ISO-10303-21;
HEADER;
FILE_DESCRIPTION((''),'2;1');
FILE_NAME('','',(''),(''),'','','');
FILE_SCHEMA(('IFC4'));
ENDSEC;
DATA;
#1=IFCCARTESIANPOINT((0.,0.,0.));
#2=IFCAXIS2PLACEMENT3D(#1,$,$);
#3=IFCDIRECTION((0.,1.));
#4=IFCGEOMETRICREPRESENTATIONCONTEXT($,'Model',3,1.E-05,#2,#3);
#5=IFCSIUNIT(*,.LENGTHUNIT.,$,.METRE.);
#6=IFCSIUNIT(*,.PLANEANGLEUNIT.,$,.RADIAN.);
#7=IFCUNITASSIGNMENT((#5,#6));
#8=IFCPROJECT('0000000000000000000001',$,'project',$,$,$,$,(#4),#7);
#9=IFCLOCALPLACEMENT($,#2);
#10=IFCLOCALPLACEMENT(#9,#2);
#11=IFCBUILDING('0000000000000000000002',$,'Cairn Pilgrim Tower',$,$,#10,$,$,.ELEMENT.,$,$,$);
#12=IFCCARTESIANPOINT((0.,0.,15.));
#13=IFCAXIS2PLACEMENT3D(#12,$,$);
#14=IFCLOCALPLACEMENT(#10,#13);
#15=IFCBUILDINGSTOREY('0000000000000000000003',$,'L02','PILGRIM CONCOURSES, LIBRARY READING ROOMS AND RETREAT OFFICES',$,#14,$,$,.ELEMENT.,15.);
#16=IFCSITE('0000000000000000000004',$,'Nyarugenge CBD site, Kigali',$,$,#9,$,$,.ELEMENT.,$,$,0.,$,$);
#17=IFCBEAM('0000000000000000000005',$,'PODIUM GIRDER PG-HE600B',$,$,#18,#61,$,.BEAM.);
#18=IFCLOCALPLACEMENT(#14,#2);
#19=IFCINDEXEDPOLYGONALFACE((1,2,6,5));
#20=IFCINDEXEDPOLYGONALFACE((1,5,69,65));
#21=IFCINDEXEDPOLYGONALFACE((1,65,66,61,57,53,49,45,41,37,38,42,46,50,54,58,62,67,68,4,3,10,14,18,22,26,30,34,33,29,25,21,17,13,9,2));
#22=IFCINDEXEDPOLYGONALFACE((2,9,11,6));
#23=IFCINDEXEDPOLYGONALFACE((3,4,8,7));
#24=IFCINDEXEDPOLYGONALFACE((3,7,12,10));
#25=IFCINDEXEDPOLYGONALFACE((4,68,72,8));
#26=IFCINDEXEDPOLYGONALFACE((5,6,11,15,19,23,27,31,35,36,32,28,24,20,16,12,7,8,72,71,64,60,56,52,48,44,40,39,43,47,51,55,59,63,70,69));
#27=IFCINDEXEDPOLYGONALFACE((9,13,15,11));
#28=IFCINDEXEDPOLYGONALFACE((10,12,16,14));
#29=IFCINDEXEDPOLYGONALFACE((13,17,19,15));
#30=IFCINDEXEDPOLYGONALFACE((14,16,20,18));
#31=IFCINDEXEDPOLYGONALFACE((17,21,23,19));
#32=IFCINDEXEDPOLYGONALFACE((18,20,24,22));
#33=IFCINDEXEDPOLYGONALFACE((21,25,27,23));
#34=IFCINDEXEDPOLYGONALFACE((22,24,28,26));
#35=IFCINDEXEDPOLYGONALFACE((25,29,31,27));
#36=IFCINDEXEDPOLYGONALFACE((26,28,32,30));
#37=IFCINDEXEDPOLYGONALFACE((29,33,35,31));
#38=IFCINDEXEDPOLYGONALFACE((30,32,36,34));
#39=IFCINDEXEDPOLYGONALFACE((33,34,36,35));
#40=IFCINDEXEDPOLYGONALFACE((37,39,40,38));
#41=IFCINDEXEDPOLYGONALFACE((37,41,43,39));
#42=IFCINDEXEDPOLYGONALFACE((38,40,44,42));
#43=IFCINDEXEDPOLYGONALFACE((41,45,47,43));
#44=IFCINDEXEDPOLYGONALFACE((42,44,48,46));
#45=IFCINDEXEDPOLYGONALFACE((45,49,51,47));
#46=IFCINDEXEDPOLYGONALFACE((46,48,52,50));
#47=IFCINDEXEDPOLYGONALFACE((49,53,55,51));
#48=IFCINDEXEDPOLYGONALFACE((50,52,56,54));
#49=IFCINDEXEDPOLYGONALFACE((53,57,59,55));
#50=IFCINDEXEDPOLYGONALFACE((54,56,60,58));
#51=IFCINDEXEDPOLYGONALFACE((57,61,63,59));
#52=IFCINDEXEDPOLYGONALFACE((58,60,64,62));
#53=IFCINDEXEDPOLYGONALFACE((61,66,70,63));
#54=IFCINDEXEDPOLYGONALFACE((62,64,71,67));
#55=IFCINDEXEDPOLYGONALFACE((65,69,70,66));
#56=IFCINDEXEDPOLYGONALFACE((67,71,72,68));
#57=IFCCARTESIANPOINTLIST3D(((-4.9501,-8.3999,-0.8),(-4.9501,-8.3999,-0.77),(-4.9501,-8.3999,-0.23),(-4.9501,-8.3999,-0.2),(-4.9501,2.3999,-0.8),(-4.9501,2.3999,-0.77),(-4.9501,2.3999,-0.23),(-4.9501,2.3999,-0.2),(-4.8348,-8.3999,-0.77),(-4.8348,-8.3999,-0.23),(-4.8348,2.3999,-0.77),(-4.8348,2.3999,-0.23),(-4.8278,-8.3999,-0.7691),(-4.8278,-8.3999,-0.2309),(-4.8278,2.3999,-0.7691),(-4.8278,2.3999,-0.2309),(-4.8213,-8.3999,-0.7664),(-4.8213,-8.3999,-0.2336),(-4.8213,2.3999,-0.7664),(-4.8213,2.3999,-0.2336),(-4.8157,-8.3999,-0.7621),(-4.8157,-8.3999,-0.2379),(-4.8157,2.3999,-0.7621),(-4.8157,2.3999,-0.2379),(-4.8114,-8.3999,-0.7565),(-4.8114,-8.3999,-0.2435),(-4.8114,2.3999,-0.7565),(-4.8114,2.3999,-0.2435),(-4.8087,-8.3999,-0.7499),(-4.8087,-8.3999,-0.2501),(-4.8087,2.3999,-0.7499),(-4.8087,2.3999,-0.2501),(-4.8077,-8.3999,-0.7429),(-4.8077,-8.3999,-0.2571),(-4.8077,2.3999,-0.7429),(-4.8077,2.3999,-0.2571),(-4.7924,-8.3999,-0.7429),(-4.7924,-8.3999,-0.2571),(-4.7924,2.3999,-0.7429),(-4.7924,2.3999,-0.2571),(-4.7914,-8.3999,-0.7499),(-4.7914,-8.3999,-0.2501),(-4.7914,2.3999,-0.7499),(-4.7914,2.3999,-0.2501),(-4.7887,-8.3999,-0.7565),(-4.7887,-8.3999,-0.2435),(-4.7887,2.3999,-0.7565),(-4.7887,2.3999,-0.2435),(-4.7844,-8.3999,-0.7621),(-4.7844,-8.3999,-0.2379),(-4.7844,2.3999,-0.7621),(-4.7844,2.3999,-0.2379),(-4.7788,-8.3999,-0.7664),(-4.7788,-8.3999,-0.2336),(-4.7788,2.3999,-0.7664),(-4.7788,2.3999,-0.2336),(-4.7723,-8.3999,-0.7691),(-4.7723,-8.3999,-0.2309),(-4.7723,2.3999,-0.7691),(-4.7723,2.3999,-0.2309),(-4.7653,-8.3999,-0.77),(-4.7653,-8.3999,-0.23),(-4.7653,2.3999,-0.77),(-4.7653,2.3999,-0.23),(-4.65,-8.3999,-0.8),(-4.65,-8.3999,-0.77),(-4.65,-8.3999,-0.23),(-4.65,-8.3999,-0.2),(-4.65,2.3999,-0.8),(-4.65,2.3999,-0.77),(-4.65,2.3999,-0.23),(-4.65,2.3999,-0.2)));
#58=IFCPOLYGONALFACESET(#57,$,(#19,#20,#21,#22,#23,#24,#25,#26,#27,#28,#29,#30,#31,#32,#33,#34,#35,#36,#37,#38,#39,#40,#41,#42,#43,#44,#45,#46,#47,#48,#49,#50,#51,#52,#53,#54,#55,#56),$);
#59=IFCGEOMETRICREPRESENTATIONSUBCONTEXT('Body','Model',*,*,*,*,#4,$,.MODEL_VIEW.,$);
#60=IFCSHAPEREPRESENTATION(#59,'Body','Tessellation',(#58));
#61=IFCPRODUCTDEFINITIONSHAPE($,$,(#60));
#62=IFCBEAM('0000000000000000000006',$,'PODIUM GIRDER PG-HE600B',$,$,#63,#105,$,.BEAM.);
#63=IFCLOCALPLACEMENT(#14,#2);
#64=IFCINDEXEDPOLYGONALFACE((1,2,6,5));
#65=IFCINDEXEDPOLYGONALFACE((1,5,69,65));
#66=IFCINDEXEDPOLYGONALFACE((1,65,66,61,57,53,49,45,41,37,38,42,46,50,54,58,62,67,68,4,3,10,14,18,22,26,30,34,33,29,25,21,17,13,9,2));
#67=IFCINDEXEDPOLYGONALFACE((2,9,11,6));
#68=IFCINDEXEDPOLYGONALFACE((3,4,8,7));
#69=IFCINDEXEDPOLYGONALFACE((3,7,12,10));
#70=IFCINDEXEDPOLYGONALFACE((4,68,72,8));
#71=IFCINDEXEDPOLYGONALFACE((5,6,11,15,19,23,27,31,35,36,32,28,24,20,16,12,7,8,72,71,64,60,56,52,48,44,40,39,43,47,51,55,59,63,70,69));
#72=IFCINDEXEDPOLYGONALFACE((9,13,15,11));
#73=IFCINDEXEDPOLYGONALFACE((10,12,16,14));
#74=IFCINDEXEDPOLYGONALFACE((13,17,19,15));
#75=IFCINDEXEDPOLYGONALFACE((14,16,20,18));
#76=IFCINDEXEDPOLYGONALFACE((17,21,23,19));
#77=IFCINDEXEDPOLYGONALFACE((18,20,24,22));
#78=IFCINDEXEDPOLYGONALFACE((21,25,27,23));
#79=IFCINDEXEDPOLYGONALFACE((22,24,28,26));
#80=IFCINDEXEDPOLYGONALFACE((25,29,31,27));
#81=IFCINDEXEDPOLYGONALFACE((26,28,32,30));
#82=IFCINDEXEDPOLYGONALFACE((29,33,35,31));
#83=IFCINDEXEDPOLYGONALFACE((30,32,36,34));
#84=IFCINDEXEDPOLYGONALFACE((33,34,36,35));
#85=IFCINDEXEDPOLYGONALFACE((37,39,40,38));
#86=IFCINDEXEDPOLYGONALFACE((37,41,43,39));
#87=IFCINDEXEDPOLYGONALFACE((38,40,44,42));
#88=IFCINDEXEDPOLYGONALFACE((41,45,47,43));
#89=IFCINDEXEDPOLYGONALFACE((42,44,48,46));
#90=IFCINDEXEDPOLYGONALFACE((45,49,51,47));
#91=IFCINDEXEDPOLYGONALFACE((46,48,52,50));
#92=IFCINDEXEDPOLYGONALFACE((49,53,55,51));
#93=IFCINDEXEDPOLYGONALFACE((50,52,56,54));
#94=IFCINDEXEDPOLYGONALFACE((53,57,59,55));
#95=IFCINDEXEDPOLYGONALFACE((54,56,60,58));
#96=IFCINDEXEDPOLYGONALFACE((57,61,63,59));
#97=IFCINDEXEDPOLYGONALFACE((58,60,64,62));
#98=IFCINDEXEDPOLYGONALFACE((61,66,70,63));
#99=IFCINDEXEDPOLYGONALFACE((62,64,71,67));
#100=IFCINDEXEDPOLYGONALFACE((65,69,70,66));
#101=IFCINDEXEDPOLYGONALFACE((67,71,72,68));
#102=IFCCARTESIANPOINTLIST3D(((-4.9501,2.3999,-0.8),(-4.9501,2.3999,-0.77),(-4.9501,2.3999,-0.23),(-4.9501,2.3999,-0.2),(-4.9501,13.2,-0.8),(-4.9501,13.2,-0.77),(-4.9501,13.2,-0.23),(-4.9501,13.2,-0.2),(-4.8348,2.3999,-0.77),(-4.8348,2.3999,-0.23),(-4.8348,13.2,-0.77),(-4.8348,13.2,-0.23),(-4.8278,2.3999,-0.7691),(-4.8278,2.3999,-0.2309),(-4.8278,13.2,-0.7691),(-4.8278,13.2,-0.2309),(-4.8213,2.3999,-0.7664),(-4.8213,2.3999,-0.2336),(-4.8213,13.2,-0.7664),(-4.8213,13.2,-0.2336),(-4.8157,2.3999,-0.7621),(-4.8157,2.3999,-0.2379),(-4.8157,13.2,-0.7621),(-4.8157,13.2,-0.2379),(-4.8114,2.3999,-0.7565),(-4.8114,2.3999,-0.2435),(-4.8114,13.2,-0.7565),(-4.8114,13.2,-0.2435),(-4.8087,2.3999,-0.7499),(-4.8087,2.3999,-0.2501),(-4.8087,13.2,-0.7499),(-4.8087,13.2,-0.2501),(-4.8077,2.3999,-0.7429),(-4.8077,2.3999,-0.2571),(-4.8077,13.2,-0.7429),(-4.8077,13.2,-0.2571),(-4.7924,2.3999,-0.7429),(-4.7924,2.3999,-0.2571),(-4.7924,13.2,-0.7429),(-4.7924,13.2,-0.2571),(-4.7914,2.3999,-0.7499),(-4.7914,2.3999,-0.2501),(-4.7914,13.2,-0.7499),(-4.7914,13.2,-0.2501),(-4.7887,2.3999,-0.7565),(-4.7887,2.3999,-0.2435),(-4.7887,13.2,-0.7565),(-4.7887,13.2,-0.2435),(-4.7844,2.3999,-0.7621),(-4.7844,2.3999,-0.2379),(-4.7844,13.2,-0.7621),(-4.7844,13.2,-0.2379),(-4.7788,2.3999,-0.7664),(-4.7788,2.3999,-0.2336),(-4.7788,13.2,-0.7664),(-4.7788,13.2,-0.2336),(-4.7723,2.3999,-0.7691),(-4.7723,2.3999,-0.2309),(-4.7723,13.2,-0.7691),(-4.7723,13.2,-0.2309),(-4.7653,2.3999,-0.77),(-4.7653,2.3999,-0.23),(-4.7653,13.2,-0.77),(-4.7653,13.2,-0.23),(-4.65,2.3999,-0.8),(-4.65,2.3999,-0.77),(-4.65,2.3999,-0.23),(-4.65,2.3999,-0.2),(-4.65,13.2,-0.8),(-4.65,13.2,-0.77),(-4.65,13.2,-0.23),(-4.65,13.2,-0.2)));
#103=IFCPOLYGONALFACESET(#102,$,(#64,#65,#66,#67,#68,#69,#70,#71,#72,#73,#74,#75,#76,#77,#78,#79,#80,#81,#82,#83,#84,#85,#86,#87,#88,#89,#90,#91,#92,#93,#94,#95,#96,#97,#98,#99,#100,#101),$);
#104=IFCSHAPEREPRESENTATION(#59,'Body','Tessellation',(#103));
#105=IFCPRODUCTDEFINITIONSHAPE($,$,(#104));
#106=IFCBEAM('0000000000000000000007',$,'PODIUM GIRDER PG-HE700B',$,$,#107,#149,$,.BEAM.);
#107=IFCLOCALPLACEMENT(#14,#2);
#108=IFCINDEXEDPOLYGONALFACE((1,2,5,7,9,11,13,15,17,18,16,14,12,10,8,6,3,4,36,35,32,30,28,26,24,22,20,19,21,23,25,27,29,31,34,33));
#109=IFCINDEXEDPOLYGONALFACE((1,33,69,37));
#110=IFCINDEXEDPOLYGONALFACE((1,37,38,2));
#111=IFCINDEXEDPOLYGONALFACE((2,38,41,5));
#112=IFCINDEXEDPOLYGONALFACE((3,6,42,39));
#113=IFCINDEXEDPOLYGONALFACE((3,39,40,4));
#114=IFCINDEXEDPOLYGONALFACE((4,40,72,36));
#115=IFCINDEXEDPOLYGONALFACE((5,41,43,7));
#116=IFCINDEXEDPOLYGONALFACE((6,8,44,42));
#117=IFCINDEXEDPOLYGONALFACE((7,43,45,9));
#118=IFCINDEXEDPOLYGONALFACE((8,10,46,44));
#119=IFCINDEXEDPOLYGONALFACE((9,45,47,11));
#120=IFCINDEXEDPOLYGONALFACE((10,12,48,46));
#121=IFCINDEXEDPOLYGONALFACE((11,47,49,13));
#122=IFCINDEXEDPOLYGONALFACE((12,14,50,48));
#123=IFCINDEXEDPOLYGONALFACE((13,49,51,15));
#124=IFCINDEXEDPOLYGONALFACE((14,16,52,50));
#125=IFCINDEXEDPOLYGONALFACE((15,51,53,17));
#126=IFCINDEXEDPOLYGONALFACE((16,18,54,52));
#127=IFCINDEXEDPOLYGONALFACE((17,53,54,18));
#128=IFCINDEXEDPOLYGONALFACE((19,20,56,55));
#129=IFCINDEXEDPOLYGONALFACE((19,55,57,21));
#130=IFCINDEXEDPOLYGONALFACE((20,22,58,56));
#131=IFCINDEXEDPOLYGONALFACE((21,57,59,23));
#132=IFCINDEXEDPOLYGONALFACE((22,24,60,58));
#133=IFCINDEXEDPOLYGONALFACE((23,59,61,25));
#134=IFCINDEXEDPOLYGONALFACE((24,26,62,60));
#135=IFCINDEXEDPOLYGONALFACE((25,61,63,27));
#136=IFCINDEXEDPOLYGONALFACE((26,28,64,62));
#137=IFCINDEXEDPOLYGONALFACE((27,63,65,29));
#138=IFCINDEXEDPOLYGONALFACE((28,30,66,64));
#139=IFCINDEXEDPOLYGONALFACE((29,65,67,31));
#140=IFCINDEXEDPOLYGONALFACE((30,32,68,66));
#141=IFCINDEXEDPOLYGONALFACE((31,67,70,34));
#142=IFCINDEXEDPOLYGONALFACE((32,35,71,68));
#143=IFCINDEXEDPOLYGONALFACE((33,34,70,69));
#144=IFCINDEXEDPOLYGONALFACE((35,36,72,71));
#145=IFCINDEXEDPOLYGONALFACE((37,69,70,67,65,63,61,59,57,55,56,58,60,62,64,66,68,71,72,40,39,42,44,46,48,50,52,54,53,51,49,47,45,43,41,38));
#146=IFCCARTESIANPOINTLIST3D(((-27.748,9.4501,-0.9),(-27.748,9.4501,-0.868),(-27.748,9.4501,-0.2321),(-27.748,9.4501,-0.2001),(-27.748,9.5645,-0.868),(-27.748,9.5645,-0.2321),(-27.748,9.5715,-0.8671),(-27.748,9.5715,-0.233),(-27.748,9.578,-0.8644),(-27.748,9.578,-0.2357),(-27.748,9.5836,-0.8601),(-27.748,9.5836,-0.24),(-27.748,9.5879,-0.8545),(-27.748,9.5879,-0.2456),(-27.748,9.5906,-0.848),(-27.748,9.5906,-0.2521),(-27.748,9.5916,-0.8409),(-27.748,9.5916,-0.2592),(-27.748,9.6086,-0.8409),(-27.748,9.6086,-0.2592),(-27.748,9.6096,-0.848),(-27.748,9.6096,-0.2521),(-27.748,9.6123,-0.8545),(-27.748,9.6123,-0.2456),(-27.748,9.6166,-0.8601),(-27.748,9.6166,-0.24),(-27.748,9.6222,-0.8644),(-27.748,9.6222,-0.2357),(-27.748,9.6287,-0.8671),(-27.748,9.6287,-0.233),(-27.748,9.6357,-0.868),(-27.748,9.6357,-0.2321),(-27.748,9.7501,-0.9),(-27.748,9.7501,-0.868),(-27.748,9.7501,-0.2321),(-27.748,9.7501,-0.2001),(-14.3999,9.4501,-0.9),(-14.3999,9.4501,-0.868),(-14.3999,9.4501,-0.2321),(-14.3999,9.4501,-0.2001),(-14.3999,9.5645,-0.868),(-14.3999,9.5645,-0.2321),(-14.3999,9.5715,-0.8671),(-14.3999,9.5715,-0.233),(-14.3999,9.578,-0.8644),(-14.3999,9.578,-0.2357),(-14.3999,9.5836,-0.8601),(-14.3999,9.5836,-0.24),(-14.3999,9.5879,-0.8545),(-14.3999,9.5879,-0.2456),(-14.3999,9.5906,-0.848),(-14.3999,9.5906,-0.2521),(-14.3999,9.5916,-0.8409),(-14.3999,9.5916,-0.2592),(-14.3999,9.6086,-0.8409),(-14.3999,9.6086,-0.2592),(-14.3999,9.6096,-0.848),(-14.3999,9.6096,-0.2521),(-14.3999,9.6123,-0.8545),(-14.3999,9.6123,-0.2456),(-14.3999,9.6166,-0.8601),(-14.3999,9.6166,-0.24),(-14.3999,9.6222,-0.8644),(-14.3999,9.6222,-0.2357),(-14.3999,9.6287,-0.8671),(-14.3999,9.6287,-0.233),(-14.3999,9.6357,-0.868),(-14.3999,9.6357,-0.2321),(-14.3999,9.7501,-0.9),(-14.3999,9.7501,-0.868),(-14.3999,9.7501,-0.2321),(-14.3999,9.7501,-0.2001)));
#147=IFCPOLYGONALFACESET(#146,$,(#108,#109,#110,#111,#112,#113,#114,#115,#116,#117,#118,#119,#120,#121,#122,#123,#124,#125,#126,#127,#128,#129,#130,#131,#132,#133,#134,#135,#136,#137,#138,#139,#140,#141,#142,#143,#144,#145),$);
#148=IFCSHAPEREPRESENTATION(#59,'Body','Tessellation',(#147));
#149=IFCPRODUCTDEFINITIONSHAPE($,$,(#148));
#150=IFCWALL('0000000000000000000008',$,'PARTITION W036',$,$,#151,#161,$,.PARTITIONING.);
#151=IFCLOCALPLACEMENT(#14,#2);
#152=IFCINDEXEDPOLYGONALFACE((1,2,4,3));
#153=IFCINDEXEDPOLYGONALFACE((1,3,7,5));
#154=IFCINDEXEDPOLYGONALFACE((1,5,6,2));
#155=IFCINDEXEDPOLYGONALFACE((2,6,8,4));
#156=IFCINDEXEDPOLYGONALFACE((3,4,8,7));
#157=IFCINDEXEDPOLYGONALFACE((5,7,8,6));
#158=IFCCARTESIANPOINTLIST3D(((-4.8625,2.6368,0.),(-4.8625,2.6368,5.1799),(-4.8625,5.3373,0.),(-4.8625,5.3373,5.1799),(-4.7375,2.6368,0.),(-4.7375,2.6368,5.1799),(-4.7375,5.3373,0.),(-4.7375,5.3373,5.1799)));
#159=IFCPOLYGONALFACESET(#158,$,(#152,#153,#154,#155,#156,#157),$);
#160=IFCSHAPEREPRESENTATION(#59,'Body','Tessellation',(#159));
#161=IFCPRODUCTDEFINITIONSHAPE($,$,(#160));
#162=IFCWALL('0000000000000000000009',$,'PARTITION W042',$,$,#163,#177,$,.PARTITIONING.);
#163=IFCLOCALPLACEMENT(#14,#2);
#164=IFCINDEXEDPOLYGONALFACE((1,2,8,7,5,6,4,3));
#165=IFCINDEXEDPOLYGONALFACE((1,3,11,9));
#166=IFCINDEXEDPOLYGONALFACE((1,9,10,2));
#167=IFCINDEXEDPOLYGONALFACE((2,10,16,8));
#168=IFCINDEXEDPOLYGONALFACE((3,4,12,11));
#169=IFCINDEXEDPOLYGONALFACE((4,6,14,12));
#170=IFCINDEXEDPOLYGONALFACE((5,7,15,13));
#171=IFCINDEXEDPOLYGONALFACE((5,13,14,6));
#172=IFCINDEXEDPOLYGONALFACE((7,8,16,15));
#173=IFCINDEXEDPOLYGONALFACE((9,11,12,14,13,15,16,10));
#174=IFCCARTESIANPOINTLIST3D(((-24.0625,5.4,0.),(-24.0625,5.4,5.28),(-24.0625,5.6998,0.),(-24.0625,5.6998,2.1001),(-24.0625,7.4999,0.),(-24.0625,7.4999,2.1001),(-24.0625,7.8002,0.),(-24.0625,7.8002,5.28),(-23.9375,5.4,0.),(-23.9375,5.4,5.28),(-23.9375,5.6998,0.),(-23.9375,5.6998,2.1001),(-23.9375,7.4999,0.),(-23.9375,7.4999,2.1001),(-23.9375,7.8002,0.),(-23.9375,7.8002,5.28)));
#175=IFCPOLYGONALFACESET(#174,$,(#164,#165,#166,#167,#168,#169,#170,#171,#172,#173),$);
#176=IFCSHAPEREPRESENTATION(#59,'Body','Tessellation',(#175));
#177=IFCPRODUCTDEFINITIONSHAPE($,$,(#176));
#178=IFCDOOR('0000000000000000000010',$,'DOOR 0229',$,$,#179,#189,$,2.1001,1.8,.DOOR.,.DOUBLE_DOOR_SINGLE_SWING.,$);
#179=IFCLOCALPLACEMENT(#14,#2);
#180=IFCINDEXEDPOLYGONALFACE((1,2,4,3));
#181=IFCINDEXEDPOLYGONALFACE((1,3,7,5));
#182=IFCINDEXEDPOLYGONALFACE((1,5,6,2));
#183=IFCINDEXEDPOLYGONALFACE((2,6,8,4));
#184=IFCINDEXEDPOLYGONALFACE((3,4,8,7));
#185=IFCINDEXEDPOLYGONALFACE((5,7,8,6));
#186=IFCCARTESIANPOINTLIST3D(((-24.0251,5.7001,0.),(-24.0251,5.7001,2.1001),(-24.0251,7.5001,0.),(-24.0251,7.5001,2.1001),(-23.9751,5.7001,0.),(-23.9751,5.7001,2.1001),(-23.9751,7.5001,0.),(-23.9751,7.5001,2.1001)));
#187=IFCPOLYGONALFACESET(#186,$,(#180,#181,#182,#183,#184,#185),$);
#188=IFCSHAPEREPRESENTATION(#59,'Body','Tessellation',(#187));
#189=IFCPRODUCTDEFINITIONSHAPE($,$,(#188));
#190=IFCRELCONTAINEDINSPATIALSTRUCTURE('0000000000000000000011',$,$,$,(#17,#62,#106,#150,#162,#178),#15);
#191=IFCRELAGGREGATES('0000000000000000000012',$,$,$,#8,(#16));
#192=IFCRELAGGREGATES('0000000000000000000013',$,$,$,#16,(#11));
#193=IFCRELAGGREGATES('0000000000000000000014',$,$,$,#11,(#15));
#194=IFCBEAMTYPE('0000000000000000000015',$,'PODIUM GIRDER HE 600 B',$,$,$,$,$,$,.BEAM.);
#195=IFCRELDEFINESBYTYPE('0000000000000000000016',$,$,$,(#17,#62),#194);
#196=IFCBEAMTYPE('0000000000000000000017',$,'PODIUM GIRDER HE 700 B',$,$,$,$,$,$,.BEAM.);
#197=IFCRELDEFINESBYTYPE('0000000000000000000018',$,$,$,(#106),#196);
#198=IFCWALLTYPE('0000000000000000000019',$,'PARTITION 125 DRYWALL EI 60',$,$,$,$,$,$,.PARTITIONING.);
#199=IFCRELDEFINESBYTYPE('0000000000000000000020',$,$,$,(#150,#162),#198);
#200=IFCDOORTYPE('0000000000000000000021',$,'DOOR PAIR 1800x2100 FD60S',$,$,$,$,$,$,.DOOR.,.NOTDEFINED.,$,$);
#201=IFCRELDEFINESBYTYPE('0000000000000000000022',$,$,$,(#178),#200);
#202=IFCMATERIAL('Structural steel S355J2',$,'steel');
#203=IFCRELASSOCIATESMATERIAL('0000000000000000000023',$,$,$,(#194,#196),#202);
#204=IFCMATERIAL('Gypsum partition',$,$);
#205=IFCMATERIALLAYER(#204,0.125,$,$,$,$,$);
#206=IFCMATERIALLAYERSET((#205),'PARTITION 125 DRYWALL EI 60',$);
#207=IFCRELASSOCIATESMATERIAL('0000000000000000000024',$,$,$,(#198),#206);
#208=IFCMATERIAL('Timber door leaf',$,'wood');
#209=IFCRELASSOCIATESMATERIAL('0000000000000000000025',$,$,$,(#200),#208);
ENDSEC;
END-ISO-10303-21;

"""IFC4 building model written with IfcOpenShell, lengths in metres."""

from ifc_helpers import new_model, si_unit, direction, frame, frame_2d, origin, origin_2d, place, context, subcontext, project, spatial, rectangle, i_section, extrude, material, layer, layer_set, material_profile, profile_set, type_object, element, fill, save


model = new_model("IFC4")

# Units and contexts
model_context = context("Model", 3, precision=1e-05, world=origin(), true_north=direction((0.0, 1.0)))
body_context = subcontext(model_context, "Body", "Model", "MODEL_VIEW")
ifc_project = project(units=[si_unit("LENGTHUNIT", "METRE"), si_unit("PLANEANGLEUNIT", "RADIAN")], contexts=[model_context])

# Site, building, storey
site_placement = place(None, origin())
site = spatial("IfcSite", under=ifc_project, at=site_placement, Name="Nyarugenge CBD site, Kigali", CompositionType="ELEMENT", RefElevation=0.0)
building_placement = place(site_placement, origin())
building = spatial("IfcBuilding", under=site, at=building_placement, Name="Cairn Pilgrim Tower", CompositionType="ELEMENT")
storey_placement = place(building_placement, frame((0.0, 0.0, 15.0)))
storey = spatial("IfcBuildingStorey", under=building, at=storey_placement, Name="L02", Description="PILGRIM CONCOURSES, LIBRARY READING ROOMS AND RETREAT OFFICES", CompositionType="ELEMENT", Elevation=15.0)

# Beams
ifc_material_1 = material(Name="Structural steel S355J2", Category="steel")
ifc_material_profile_1 = material_profile(ifc_material_1, i_section(OverallWidth=0.3, OverallDepth=0.6001, WebThickness=0.0154, FlangeThickness=0.03, FilletRadius=0.0271, at=origin_2d()), Name="HEB 600")
ifc_profile_set_1 = profile_set([ifc_material_profile_1], Name="Structural steel S355J2")
beam_type_1 = type_object("IfcBeamType", Name="PODIUM GIRDER HE 600 B", PredefinedType="BEAM", material=ifc_profile_set_1)
beam_1_placement = place(storey_placement, frame((-4.8, 2.3999, -0.5), z_axis=(0.0, -1.0, 0.0), x_axis=(1.0, 0.0, 0.0)))
element("IfcBeam", 1, at=beam_1_placement, inside=storey, type_object=beam_type_1, Name="PODIUM GIRDER PG-HE600B", PredefinedType="BEAM", context=body_context, shape_type="SweptSolid", body=[
    extrude(i_section(OverallWidth=0.3, OverallDepth=0.6001, WebThickness=0.0154, FlangeThickness=0.03, FilletRadius=0.0271, at=origin_2d()), origin(), (0.0, 0.0, 1.0), 10.7998),
])
beam_2_placement = place(storey_placement, frame((-4.8, 13.2, -0.5), z_axis=(0.0, -1.0, 0.0), x_axis=(1.0, 0.0, 0.0)))
element("IfcBeam", 2, at=beam_2_placement, inside=storey, type_object=beam_type_1, Name="PODIUM GIRDER PG-HE600B", PredefinedType="BEAM", context=body_context, shape_type="SweptSolid", body=[
    extrude(i_section(OverallWidth=0.3, OverallDepth=0.6001, WebThickness=0.0154, FlangeThickness=0.03, FilletRadius=0.0271, at=origin_2d()), origin(), (0.0, 0.0, 1.0), 10.8),
])
ifc_material_profile_2 = material_profile(ifc_material_1, i_section(OverallWidth=0.3, OverallDepth=0.7, WebThickness=0.0171, FlangeThickness=0.032, FilletRadius=0.0271, at=origin_2d()), Name="HEB 700")
ifc_profile_set_2 = profile_set([ifc_material_profile_2], Name="Structural steel S355J2")
beam_type_2 = type_object("IfcBeamType", Name="PODIUM GIRDER HE 700 B", PredefinedType="BEAM", material=ifc_profile_set_2)
beam_3_placement = place(storey_placement, frame((-27.748, 9.6001, -0.55), z_axis=(1.0, 0.0, 0.0), x_axis=(0.0, 1.0, 0.0)))
element("IfcBeam", 3, at=beam_3_placement, inside=storey, type_object=beam_type_2, Name="PODIUM GIRDER PG-HE700B", PredefinedType="BEAM", context=body_context, shape_type="SweptSolid", body=[
    extrude(i_section(OverallWidth=0.3, OverallDepth=0.7, WebThickness=0.0171, FlangeThickness=0.032, FilletRadius=0.0271, at=origin_2d()), origin(), (0.0, 0.0, 1.0), 13.3481),
])

# Wall
ifc_material_2 = material(Name="Gypsum partition")
ifc_layer_1 = layer(ifc_material_2, 0.125)
ifc_layer_set_1 = layer_set([ifc_layer_1], Name="PARTITION 125 DRYWALL EI 60")
wall_type_1 = type_object("IfcWallType", Name="PARTITION 125 DRYWALL EI 60", PredefinedType="PARTITIONING", material=ifc_layer_set_1)
wall_1_placement = place(storey_placement, frame((-4.8, 2.637, 0.0), z_axis=(0.0, 0.0, 1.0), x_axis=(0.0, 1.0, 0.0)))
element("IfcWall", 4, at=wall_1_placement, inside=storey, type_object=wall_type_1, Name="PARTITION W036", PredefinedType="PARTITIONING", context=body_context, shape_type="SweptSolid", body=[
    extrude(rectangle(XDim=2.7004, YDim=0.125, at=frame_2d((1.3501, 0.0))), origin(), (0.0, 0.0, 1.0), 5.1799),
])

# Wall, opening, door
wall_2_placement = place(storey_placement, frame((-24.0, 5.3999, 0.0), z_axis=(0.0, 0.0, 1.0), x_axis=(0.0, 1.0, 0.0)))
wall_2 = element("IfcWall", 5, at=wall_2_placement, inside=storey, type_object=wall_type_1, Name="PARTITION W042", PredefinedType="PARTITIONING", context=body_context, shape_type="SweptSolid", body=[
    extrude(rectangle(XDim=2.4001, YDim=0.125, at=frame_2d((1.2002, 0.0))), origin(), (0.0, 0.0, 1.0), 5.28),
])
opening_1_placement = place(wall_2_placement, frame((0.3, 0.0, 0.0)))
opening_1 = element("IfcOpeningElement", 6, at=opening_1_placement, cuts=wall_2, PredefinedType="OPENING", context=body_context, shape_type="SweptSolid", body=[
    extrude(rectangle(XDim=1.8, YDim=2.1001, at=frame_2d((0.8999, 1.05))), frame((0.0, 0.0725, 0.0), z_axis=(0.0, -1.0, 0.0), x_axis=(1.0, 0.0, 0.0)), (0.0, 0.0, 1.0), 0.145),
])
ifc_material_3 = material(Name="Timber door leaf", Category="wood")
door_type_1 = type_object("IfcDoorType", Name="DOOR PAIR 1800x2100 FD60S", OperationType="NOTDEFINED", PredefinedType="DOOR", material=ifc_material_3)
door_1_placement = place(opening_1_placement, frame((1.8, 0.0, 0.0), z_axis=(0.0, 0.0, 1.0), x_axis=(-1.0, 0.0, 0.0)))
door_1 = element("IfcDoor", 7, at=door_1_placement, inside=storey, type_object=door_type_1, Name="DOOR 0229", OperationType="DOUBLE_DOOR_SINGLE_SWING", OverallHeight=2.1001, OverallWidth=1.8, PredefinedType="DOOR", context=body_context, shape_type="SweptSolid", body=[
    extrude(rectangle(XDim=1.8, YDim=2.1001, at=frame_2d((0.8999, 1.05))), frame((0.0, 0.0249, 0.0), z_axis=(0.0, -1.0, 0.0), x_axis=(1.0, 0.0, 0.0)), (0.0, 0.0, 1.0), 0.05),
])
fill(opening_1, door_1)

save(model, "model.ifc")
